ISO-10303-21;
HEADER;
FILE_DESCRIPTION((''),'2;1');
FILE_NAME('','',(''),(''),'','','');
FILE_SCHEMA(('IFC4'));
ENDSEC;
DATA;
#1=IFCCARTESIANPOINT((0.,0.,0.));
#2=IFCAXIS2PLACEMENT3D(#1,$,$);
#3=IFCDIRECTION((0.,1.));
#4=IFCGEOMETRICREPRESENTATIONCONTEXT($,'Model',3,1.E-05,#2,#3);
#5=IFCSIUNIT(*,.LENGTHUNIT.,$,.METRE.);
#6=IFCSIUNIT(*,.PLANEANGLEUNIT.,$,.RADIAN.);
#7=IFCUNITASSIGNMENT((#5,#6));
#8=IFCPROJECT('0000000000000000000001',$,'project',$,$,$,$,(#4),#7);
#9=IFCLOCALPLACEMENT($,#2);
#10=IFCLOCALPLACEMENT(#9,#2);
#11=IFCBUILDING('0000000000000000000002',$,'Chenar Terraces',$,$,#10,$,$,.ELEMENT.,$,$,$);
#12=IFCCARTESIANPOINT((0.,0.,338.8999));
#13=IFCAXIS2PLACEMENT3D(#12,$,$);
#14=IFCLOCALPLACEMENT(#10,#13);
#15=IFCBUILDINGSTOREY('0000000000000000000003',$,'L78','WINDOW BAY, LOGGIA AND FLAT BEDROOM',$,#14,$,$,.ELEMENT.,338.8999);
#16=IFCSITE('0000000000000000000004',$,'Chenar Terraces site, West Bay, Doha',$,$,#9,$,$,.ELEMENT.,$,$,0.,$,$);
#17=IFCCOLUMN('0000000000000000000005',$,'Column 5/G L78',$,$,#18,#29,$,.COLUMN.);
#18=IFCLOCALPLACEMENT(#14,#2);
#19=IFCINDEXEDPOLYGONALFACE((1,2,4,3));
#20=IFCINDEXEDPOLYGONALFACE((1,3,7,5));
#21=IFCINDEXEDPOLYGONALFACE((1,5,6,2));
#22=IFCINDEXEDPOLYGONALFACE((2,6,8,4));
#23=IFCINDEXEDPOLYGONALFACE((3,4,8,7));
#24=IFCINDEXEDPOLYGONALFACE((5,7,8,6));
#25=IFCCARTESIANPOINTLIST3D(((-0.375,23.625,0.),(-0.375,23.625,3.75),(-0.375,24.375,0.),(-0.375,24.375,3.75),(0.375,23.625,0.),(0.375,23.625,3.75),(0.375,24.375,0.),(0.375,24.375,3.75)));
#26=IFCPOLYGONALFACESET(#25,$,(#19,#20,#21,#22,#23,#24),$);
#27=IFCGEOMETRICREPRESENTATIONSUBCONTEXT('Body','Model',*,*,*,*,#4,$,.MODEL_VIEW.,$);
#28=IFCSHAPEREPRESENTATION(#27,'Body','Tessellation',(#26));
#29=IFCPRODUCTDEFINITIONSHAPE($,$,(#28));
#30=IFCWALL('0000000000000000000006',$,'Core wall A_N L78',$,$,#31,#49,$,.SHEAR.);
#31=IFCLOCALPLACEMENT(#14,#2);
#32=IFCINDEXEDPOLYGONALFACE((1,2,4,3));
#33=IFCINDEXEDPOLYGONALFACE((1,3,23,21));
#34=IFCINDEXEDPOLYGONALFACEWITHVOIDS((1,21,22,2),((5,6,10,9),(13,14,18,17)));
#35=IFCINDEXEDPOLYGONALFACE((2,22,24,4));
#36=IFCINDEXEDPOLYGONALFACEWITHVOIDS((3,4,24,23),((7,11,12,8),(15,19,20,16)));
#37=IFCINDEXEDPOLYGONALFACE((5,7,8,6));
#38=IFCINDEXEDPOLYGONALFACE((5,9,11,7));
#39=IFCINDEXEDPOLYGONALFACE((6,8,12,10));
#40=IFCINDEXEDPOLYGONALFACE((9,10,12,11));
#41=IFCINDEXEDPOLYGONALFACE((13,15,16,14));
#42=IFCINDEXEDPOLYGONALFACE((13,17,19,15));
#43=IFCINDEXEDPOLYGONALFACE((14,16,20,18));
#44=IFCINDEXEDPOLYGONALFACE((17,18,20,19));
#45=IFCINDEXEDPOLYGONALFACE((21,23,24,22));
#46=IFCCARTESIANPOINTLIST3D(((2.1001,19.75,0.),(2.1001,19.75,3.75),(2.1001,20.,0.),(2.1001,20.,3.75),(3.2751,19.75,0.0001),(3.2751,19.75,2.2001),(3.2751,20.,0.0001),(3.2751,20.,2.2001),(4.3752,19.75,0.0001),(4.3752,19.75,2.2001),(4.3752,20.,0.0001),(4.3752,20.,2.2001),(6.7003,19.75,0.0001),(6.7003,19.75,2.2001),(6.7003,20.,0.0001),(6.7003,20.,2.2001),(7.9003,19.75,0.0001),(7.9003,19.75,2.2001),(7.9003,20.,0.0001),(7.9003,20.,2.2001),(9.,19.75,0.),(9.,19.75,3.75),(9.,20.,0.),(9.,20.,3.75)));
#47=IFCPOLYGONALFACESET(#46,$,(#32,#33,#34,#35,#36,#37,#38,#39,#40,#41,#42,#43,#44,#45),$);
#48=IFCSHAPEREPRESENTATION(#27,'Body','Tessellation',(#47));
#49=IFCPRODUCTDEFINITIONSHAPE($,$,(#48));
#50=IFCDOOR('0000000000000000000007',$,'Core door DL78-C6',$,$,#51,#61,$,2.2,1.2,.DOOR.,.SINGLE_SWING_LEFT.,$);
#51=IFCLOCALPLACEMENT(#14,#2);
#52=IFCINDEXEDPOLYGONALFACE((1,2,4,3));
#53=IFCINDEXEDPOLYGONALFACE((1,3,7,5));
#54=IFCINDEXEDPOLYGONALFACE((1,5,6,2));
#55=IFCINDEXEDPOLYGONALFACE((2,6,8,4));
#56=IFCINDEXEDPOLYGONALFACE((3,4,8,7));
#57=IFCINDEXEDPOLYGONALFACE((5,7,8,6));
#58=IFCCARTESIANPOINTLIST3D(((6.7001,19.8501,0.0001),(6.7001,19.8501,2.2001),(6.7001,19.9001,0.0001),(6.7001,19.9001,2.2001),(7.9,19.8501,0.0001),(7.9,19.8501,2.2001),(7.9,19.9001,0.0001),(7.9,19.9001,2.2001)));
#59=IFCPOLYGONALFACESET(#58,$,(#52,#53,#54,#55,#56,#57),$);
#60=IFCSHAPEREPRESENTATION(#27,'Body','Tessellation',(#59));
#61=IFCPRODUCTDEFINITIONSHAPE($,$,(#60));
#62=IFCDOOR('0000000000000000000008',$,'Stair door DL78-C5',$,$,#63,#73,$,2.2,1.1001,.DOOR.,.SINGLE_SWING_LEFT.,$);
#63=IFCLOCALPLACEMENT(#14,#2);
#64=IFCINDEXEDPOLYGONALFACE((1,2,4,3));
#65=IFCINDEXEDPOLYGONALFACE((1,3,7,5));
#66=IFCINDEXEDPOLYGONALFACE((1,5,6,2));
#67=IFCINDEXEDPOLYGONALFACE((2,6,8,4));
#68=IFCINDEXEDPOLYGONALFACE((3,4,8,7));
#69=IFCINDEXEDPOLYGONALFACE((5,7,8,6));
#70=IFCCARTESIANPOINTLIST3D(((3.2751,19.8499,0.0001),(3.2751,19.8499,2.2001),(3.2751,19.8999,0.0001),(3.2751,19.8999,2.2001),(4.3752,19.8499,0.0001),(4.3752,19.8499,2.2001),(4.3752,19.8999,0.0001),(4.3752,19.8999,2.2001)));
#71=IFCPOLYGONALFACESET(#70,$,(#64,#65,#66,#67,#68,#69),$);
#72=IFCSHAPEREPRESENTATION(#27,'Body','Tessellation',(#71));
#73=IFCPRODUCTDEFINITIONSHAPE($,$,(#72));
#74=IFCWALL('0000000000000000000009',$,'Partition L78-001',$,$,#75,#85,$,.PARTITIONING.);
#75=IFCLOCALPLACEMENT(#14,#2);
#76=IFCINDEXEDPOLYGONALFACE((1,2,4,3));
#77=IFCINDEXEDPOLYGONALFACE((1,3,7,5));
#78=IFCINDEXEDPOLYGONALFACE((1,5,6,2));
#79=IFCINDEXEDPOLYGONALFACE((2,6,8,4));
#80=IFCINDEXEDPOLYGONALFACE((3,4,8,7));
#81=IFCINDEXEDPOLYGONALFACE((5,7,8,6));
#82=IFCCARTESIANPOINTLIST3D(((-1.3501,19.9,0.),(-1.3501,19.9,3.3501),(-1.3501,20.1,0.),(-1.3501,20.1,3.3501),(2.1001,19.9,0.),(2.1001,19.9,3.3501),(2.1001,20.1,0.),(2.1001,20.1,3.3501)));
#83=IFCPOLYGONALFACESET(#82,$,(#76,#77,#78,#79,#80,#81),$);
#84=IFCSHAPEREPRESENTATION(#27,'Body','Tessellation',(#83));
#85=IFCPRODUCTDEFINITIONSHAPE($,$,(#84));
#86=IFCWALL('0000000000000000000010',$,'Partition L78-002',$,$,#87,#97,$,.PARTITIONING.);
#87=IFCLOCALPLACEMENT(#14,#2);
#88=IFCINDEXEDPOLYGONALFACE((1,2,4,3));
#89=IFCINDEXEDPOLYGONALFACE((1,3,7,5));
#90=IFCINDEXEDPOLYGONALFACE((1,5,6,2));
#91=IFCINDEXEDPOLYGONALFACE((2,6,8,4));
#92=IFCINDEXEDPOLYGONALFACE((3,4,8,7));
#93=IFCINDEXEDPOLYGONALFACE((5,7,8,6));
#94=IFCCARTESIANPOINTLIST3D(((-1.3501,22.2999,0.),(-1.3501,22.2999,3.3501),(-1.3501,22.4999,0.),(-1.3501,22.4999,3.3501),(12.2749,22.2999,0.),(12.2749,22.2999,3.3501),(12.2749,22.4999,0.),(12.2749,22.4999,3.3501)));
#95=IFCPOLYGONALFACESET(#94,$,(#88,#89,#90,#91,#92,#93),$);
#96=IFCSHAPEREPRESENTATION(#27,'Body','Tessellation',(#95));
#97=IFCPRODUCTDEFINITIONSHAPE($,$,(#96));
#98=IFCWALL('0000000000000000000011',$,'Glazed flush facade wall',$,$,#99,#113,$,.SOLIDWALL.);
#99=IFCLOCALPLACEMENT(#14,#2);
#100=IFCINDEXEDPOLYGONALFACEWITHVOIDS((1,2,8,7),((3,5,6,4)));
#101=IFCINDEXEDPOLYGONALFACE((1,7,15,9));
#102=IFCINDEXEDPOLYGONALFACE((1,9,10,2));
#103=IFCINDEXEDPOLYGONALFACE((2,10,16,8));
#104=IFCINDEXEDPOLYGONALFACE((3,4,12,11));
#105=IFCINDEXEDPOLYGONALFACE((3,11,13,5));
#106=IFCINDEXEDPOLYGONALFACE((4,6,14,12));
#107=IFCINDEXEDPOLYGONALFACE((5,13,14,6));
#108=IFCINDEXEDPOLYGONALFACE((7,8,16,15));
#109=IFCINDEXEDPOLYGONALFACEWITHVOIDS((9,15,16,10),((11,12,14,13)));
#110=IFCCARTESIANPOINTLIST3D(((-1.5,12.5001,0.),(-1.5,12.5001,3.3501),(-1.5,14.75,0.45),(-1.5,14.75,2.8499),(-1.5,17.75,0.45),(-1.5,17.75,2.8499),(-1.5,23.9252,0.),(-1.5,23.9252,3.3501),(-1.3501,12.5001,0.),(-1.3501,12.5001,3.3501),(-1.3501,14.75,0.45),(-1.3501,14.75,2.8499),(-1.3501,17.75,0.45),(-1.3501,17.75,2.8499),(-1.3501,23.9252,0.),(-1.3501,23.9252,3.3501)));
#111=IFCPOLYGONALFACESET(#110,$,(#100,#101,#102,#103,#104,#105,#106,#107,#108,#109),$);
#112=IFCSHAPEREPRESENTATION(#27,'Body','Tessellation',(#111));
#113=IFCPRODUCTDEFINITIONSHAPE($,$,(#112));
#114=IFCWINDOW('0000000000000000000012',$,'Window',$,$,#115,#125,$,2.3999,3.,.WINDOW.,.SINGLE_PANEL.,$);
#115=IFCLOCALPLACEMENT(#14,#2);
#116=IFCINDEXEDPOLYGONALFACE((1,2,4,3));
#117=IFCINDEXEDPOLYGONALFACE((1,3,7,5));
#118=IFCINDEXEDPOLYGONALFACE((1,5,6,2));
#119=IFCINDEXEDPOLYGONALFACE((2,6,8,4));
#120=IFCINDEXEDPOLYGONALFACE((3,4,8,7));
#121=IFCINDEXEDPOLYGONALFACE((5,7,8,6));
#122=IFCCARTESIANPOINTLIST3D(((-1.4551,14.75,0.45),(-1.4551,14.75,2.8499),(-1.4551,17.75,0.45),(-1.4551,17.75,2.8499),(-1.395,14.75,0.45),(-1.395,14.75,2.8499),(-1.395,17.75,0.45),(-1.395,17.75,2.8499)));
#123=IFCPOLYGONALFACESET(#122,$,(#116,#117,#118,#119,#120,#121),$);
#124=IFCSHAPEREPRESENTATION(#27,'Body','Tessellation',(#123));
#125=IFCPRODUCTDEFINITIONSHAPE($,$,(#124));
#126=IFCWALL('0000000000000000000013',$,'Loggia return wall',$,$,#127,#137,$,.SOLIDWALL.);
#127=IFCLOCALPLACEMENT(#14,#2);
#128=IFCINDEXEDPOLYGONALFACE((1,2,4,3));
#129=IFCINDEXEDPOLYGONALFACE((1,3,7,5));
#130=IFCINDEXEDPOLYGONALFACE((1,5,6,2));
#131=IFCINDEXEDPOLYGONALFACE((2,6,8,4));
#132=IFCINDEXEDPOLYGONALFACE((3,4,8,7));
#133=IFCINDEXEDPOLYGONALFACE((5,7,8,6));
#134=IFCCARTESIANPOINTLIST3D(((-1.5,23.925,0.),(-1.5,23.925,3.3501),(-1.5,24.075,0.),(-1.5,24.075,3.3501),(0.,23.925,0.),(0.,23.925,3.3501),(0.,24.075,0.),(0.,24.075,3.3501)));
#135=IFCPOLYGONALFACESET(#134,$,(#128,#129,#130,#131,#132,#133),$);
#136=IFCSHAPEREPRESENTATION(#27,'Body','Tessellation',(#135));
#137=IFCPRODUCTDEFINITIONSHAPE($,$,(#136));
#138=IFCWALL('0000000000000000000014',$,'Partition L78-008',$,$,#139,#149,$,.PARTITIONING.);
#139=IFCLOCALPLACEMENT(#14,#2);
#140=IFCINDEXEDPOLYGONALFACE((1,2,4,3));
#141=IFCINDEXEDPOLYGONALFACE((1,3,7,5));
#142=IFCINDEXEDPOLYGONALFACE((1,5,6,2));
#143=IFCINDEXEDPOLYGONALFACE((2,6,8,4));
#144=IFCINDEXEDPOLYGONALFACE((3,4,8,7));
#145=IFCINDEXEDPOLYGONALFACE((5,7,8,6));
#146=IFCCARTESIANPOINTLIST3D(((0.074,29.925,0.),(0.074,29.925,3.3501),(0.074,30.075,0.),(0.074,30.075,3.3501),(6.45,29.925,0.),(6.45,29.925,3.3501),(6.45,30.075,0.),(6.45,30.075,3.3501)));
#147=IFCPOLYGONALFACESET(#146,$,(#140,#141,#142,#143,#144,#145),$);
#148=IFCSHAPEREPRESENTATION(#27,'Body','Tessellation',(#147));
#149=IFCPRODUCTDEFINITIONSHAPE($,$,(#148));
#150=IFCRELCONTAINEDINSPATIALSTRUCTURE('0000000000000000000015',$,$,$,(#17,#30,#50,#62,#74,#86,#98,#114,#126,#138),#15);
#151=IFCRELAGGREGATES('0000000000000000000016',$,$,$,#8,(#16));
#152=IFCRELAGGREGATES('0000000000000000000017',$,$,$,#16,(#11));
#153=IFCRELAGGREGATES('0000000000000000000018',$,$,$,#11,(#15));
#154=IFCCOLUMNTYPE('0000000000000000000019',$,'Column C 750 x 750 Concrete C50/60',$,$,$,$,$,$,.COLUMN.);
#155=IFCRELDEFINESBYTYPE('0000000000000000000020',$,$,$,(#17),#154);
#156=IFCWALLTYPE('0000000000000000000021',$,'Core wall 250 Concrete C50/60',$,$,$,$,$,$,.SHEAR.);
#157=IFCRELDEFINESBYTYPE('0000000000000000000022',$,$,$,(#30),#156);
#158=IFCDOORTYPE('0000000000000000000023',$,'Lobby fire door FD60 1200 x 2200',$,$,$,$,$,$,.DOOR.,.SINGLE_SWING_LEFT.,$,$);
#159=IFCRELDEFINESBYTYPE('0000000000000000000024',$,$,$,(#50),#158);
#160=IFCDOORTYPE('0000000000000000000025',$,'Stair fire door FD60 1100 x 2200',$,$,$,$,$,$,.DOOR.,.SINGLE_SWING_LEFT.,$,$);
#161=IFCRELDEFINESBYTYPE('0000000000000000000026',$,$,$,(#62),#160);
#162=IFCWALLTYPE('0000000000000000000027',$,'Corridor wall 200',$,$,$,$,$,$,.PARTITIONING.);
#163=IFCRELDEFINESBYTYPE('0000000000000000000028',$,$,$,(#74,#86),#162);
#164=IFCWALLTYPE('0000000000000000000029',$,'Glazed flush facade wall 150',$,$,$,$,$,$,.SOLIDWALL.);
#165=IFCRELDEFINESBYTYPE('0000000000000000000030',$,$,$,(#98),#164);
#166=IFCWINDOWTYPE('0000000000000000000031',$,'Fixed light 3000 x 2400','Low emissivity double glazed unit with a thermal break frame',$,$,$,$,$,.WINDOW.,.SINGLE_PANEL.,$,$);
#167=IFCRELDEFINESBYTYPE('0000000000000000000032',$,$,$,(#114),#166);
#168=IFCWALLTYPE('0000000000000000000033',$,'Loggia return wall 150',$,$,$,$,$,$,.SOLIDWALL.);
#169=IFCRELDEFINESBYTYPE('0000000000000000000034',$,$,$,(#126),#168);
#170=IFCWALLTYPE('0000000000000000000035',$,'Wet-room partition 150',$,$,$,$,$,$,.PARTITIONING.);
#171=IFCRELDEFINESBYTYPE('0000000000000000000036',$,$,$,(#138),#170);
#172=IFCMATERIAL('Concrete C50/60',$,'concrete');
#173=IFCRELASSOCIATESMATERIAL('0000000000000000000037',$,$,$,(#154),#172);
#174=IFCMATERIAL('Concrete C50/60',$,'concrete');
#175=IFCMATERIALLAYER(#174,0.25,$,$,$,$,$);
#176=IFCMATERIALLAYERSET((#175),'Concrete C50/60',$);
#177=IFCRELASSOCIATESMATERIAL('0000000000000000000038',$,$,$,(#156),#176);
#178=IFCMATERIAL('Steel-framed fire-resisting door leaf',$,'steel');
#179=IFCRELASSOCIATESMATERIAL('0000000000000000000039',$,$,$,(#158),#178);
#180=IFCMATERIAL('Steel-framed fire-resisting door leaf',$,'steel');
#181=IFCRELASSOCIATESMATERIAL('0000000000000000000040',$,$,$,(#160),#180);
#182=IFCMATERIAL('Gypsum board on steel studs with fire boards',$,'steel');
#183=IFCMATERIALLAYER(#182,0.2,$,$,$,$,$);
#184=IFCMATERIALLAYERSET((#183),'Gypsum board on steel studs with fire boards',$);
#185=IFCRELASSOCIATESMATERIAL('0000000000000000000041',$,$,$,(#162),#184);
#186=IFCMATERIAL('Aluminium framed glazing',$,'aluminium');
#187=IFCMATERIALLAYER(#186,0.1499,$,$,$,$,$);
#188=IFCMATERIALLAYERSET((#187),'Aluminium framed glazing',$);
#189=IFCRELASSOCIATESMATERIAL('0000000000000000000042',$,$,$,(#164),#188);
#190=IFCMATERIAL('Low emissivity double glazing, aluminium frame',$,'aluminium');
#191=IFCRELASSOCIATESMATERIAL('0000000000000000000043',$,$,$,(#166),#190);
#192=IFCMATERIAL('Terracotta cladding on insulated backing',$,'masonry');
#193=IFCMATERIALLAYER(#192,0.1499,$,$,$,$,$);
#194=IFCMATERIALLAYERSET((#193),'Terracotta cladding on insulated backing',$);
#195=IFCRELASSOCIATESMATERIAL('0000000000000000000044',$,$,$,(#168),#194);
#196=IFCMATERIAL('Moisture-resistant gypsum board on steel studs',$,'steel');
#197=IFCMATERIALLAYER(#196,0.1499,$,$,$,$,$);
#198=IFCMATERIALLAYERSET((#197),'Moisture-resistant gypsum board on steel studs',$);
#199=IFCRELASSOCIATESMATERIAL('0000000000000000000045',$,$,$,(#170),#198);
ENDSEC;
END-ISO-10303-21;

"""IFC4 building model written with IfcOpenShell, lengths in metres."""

from ifc_helpers import new_model, si_unit, direction, frame, frame_2d, origin, origin_2d, place, context, subcontext, project, spatial, rectangle, extrude, material, layer, layer_set, material_profile, profile_set, type_object, element, fill, save


model = new_model("IFC4")

# Units and contexts
model_context = context("Model", 3, precision=1e-05, world=origin(), true_north=direction((0.0, 1.0)))
body_context = subcontext(model_context, "Body", "Model", "MODEL_VIEW")
ifc_project = project(units=[si_unit("LENGTHUNIT", "METRE"), si_unit("PLANEANGLEUNIT", "RADIAN")], contexts=[model_context])

# Site, building, storey
site_placement = place(None, origin())
site = spatial("IfcSite", under=ifc_project, at=site_placement, Name="Chenar Terraces site, West Bay, Doha", CompositionType="ELEMENT", RefElevation=0.0)
building_placement = place(site_placement, origin())
building = spatial("IfcBuilding", under=site, at=building_placement, Name="Chenar Terraces", CompositionType="ELEMENT")
storey_placement = place(building_placement, frame((0.0, 0.0, 338.8999)))
storey = spatial("IfcBuildingStorey", under=building, at=storey_placement, Name="L78", Description="WINDOW BAY, LOGGIA AND FLAT BEDROOM", CompositionType="ELEMENT", Elevation=338.8999)

# Column
ifc_material_1 = material(Name="Concrete C50/60", Category="concrete")
ifc_material_profile_1 = material_profile(ifc_material_1, rectangle(XDim=0.75, YDim=0.75, at=origin_2d()), Name="C 750 x 750")
ifc_profile_set_1 = profile_set([ifc_material_profile_1], Name="Concrete C50/60")
column_type = type_object("IfcColumnType", Name="Column C 750 x 750 Concrete C50/60", PredefinedType="COLUMN", material=ifc_profile_set_1)
column_placement = place(storey_placement, frame((0.0, 24.0, 0.0), z_axis=(0.0, 0.0, 1.0), x_axis=(1.0, 0.0, 0.0)))
element("IfcColumn", 1, at=column_placement, inside=storey, type_object=column_type, Name="Column 5/G L78", PredefinedType="COLUMN", context=body_context, shape_type="SweptSolid", body=[
    extrude(rectangle(XDim=0.75, YDim=0.75, at=origin_2d()), origin(), (0.0, 0.0, 1.0), 3.75),
])

# Wall, openings, doors
ifc_material_2 = material(Name="Concrete C50/60", Category="concrete")
ifc_layer_1 = layer(ifc_material_2, 0.25)
ifc_layer_set_1 = layer_set([ifc_layer_1], Name="Concrete C50/60")
wall_type_1 = type_object("IfcWallType", Name="Core wall 250 Concrete C50/60", PredefinedType="SHEAR", material=ifc_layer_set_1)
wall_1_placement = place(storey_placement, frame((2.1001, 19.875, 0.0), z_axis=(0.0, 0.0, 1.0), x_axis=(1.0, 0.0, 0.0)))
wall_1 = element("IfcWall", 2, at=wall_1_placement, inside=storey, type_object=wall_type_1, Name="Core wall A_N L78", PredefinedType="SHEAR", context=body_context, shape_type="SweptSolid", body=[
    extrude(rectangle(XDim=6.8999, YDim=0.25, at=frame_2d((3.45, 0.0))), origin(), (0.0, 0.0, 1.0), 3.75),
])
opening_1_placement = place(wall_1_placement, frame((1.175, 0.0, 0.0)))
opening_1 = element("IfcOpeningElement", 3, at=opening_1_placement, cuts=wall_1, PredefinedType="OPENING", context=body_context, shape_type="SweptSolid", body=[
    extrude(rectangle(XDim=1.1001, YDim=2.2, at=frame_2d((0.55, 1.1001))), frame((0.0, 0.135, 0.0), z_axis=(0.0, -1.0, 0.0), x_axis=(1.0, 0.0, 0.0)), (0.0, 0.0, 1.0), 0.27),
])
opening_2_placement = place(wall_1_placement, frame((4.6001, 0.0, 0.0)))
opening_2 = element("IfcOpeningElement", 4, at=opening_2_placement, cuts=wall_1, PredefinedType="OPENING", context=body_context, shape_type="SweptSolid", body=[
    extrude(rectangle(XDim=1.2, YDim=2.2, at=frame_2d((0.6001, 1.1001))), frame((0.0, 0.135, 0.0), z_axis=(0.0, -1.0, 0.0), x_axis=(1.0, 0.0, 0.0)), (0.0, 0.0, 1.0), 0.27),
])
ifc_material_3 = material(Name="Steel-framed fire-resisting door leaf", Category="steel")
door_type_1 = type_object("IfcDoorType", Name="Lobby fire door FD60 1200 x 2200", OperationType="SINGLE_SWING_LEFT", PredefinedType="DOOR", material=ifc_material_3)
door_1_placement = place(opening_2_placement, frame((1.2, 0.0, 0.0), z_axis=(0.0, 0.0, 1.0), x_axis=(-1.0, 0.0, 0.0)))
door_1 = element("IfcDoor", 5, at=door_1_placement, inside=storey, type_object=door_type_1, Name="Core door DL78-C6", OperationType="SINGLE_SWING_LEFT", OverallHeight=2.2, OverallWidth=1.2, PredefinedType="DOOR", context=body_context, shape_type="SweptSolid", body=[
    extrude(rectangle(XDim=1.2, YDim=2.2, at=frame_2d((0.6001, 1.1001))), frame((0.0, 0.0249, 0.0), z_axis=(0.0, -1.0, 0.0), x_axis=(1.0, 0.0, 0.0)), (0.0, 0.0, 1.0), 0.05),
])
fill(opening_2, door_1)
ifc_material_4 = material(Name="Steel-framed fire-resisting door leaf", Category="steel")
door_type_2 = type_object("IfcDoorType", Name="Stair fire door FD60 1100 x 2200", OperationType="SINGLE_SWING_LEFT", PredefinedType="DOOR", material=ifc_material_4)
door_2_placement = place(opening_1_placement, origin())
door_2 = element("IfcDoor", 6, at=door_2_placement, inside=storey, type_object=door_type_2, Name="Stair door DL78-C5", OperationType="SINGLE_SWING_LEFT", OverallHeight=2.2, OverallWidth=1.1001, PredefinedType="DOOR", context=body_context, shape_type="SweptSolid", body=[
    extrude(rectangle(XDim=1.1001, YDim=2.2, at=frame_2d((0.55, 1.1001))), frame((0.0, 0.0249, 0.0), z_axis=(0.0, -1.0, 0.0), x_axis=(1.0, 0.0, 0.0)), (0.0, 0.0, 1.0), 0.05),
])
fill(opening_1, door_2)

# Walls
ifc_material_5 = material(Name="Gypsum board on steel studs with fire boards", Category="steel")
ifc_layer_2 = layer(ifc_material_5, 0.2)
ifc_layer_set_2 = layer_set([ifc_layer_2], Name="Gypsum board on steel studs with fire boards")
wall_type_2 = type_object("IfcWallType", Name="Corridor wall 200", PredefinedType="PARTITIONING", material=ifc_layer_set_2)
wall_2_placement = place(storey_placement, frame((-1.3501, 20.0, 0.0), z_axis=(0.0, 0.0, 1.0), x_axis=(1.0, 0.0, 0.0)))
element("IfcWall", 7, at=wall_2_placement, inside=storey, type_object=wall_type_2, Name="Partition L78-001", PredefinedType="PARTITIONING", context=body_context, shape_type="SweptSolid", body=[
    extrude(rectangle(XDim=3.4502, YDim=0.2, at=frame_2d((1.7251, 0.0))), origin(), (0.0, 0.0, 1.0), 3.3501),
])
wall_3_placement = place(storey_placement, frame((-1.3501, 22.3999, 0.0), z_axis=(0.0, 0.0, 1.0), x_axis=(1.0, 0.0, 0.0)))
element("IfcWall", 8, at=wall_3_placement, inside=storey, type_object=wall_type_2, Name="Partition L78-002", PredefinedType="PARTITIONING", context=body_context, shape_type="SweptSolid", body=[
    extrude(rectangle(XDim=13.625, YDim=0.2, at=frame_2d((6.8125, 0.0))), origin(), (0.0, 0.0, 1.0), 3.3501),
])

# Wall, opening, window
ifc_material_6 = material(Name="Aluminium framed glazing", Category="aluminium")
ifc_layer_3 = layer(ifc_material_6, 0.1499)
ifc_layer_set_3 = layer_set([ifc_layer_3], Name="Aluminium framed glazing")
wall_type_3 = type_object("IfcWallType", Name="Glazed flush facade wall 150", PredefinedType="SOLIDWALL", material=ifc_layer_set_3)
wall_4_placement = place(storey_placement, frame((-1.425, 23.925, 0.0), z_axis=(0.0, 0.0, 1.0), x_axis=(0.0, -1.0, 0.0)))
wall_4 = element("IfcWall", 9, at=wall_4_placement, inside=storey, type_object=wall_type_3, Name="Glazed flush facade wall", PredefinedType="SOLIDWALL", context=body_context, shape_type="SweptSolid", body=[
    extrude(rectangle(XDim=11.425, YDim=0.1499, at=frame_2d((5.7124, 0.0))), origin(), (0.0, 0.0, 1.0), 3.3501),
])
opening_3_placement = place(wall_4_placement, frame((6.175, 0.0, 0.45)))
opening_3 = element("IfcOpeningElement", 10, at=opening_3_placement, cuts=wall_4, PredefinedType="OPENING", context=body_context, shape_type="SweptSolid", body=[
    extrude(rectangle(XDim=3.0, YDim=2.3999, at=frame_2d((1.5, 1.2))), frame((0.0, 0.085, 0.0), z_axis=(0.0, -1.0, 0.0), x_axis=(1.0, 0.0, 0.0)), (0.0, 0.0, 1.0), 0.1699),
])
ifc_material_7 = material(Name="Low emissivity double glazing, aluminium frame", Category="aluminium")
window_type = type_object("IfcWindowType", Name="Fixed light 3000 x 2400", Description="Low emissivity double glazed unit with a thermal break frame", PartitioningType="SINGLE_PANEL", PredefinedType="WINDOW", material=ifc_material_7)
window_placement = place(opening_3_placement, origin())
window = element("IfcWindow", 11, at=window_placement, inside=storey, type_object=window_type, Name="Window", OverallHeight=2.3999, OverallWidth=3.0, PartitioningType="SINGLE_PANEL", PredefinedType="WINDOW", context=body_context, shape_type="SweptSolid", body=[
    extrude(rectangle(XDim=3.0, YDim=2.3999, at=frame_2d((1.5, 1.2))), frame((0.0, 0.03, 0.0), z_axis=(0.0, -1.0, 0.0), x_axis=(1.0, 0.0, 0.0)), (0.0, 0.0, 1.0), 0.0601),
])
fill(opening_3, window)

# Walls
ifc_material_8 = material(Name="Terracotta cladding on insulated backing", Category="masonry")
ifc_layer_4 = layer(ifc_material_8, 0.1499)
ifc_layer_set_4 = layer_set([ifc_layer_4], Name="Terracotta cladding on insulated backing")
wall_type_4 = type_object("IfcWallType", Name="Loggia return wall 150", PredefinedType="SOLIDWALL", material=ifc_layer_set_4)
wall_5_placement = place(storey_placement, frame((-1.5, 24.0, 0.0), z_axis=(0.0, 0.0, 1.0), x_axis=(1.0, 0.0, 0.0)))
element("IfcWall", 12, at=wall_5_placement, inside=storey, type_object=wall_type_4, Name="Loggia return wall", PredefinedType="SOLIDWALL", context=body_context, shape_type="SweptSolid", body=[
    extrude(rectangle(XDim=1.5, YDim=0.1499, at=frame_2d((0.75, 0.0))), origin(), (0.0, 0.0, 1.0), 3.3501),
])
ifc_material_9 = material(Name="Moisture-resistant gypsum board on steel studs", Category="steel")
ifc_layer_5 = layer(ifc_material_9, 0.1499)
ifc_layer_set_5 = layer_set([ifc_layer_5], Name="Moisture-resistant gypsum board on steel studs")
wall_type_5 = type_object("IfcWallType", Name="Wet-room partition 150", PredefinedType="PARTITIONING", material=ifc_layer_set_5)
wall_6_placement = place(storey_placement, frame((0.074, 30.0, 0.0), z_axis=(0.0, 0.0, 1.0), x_axis=(1.0, 0.0, 0.0)))
element("IfcWall", 13, at=wall_6_placement, inside=storey, type_object=wall_type_5, Name="Partition L78-008", PredefinedType="PARTITIONING", context=body_context, shape_type="SweptSolid", body=[
    extrude(rectangle(XDim=6.376, YDim=0.1499, at=frame_2d((3.188, 0.0))), origin(), (0.0, 0.0, 1.0), 3.3501),
])

save(model, "model.ifc")
